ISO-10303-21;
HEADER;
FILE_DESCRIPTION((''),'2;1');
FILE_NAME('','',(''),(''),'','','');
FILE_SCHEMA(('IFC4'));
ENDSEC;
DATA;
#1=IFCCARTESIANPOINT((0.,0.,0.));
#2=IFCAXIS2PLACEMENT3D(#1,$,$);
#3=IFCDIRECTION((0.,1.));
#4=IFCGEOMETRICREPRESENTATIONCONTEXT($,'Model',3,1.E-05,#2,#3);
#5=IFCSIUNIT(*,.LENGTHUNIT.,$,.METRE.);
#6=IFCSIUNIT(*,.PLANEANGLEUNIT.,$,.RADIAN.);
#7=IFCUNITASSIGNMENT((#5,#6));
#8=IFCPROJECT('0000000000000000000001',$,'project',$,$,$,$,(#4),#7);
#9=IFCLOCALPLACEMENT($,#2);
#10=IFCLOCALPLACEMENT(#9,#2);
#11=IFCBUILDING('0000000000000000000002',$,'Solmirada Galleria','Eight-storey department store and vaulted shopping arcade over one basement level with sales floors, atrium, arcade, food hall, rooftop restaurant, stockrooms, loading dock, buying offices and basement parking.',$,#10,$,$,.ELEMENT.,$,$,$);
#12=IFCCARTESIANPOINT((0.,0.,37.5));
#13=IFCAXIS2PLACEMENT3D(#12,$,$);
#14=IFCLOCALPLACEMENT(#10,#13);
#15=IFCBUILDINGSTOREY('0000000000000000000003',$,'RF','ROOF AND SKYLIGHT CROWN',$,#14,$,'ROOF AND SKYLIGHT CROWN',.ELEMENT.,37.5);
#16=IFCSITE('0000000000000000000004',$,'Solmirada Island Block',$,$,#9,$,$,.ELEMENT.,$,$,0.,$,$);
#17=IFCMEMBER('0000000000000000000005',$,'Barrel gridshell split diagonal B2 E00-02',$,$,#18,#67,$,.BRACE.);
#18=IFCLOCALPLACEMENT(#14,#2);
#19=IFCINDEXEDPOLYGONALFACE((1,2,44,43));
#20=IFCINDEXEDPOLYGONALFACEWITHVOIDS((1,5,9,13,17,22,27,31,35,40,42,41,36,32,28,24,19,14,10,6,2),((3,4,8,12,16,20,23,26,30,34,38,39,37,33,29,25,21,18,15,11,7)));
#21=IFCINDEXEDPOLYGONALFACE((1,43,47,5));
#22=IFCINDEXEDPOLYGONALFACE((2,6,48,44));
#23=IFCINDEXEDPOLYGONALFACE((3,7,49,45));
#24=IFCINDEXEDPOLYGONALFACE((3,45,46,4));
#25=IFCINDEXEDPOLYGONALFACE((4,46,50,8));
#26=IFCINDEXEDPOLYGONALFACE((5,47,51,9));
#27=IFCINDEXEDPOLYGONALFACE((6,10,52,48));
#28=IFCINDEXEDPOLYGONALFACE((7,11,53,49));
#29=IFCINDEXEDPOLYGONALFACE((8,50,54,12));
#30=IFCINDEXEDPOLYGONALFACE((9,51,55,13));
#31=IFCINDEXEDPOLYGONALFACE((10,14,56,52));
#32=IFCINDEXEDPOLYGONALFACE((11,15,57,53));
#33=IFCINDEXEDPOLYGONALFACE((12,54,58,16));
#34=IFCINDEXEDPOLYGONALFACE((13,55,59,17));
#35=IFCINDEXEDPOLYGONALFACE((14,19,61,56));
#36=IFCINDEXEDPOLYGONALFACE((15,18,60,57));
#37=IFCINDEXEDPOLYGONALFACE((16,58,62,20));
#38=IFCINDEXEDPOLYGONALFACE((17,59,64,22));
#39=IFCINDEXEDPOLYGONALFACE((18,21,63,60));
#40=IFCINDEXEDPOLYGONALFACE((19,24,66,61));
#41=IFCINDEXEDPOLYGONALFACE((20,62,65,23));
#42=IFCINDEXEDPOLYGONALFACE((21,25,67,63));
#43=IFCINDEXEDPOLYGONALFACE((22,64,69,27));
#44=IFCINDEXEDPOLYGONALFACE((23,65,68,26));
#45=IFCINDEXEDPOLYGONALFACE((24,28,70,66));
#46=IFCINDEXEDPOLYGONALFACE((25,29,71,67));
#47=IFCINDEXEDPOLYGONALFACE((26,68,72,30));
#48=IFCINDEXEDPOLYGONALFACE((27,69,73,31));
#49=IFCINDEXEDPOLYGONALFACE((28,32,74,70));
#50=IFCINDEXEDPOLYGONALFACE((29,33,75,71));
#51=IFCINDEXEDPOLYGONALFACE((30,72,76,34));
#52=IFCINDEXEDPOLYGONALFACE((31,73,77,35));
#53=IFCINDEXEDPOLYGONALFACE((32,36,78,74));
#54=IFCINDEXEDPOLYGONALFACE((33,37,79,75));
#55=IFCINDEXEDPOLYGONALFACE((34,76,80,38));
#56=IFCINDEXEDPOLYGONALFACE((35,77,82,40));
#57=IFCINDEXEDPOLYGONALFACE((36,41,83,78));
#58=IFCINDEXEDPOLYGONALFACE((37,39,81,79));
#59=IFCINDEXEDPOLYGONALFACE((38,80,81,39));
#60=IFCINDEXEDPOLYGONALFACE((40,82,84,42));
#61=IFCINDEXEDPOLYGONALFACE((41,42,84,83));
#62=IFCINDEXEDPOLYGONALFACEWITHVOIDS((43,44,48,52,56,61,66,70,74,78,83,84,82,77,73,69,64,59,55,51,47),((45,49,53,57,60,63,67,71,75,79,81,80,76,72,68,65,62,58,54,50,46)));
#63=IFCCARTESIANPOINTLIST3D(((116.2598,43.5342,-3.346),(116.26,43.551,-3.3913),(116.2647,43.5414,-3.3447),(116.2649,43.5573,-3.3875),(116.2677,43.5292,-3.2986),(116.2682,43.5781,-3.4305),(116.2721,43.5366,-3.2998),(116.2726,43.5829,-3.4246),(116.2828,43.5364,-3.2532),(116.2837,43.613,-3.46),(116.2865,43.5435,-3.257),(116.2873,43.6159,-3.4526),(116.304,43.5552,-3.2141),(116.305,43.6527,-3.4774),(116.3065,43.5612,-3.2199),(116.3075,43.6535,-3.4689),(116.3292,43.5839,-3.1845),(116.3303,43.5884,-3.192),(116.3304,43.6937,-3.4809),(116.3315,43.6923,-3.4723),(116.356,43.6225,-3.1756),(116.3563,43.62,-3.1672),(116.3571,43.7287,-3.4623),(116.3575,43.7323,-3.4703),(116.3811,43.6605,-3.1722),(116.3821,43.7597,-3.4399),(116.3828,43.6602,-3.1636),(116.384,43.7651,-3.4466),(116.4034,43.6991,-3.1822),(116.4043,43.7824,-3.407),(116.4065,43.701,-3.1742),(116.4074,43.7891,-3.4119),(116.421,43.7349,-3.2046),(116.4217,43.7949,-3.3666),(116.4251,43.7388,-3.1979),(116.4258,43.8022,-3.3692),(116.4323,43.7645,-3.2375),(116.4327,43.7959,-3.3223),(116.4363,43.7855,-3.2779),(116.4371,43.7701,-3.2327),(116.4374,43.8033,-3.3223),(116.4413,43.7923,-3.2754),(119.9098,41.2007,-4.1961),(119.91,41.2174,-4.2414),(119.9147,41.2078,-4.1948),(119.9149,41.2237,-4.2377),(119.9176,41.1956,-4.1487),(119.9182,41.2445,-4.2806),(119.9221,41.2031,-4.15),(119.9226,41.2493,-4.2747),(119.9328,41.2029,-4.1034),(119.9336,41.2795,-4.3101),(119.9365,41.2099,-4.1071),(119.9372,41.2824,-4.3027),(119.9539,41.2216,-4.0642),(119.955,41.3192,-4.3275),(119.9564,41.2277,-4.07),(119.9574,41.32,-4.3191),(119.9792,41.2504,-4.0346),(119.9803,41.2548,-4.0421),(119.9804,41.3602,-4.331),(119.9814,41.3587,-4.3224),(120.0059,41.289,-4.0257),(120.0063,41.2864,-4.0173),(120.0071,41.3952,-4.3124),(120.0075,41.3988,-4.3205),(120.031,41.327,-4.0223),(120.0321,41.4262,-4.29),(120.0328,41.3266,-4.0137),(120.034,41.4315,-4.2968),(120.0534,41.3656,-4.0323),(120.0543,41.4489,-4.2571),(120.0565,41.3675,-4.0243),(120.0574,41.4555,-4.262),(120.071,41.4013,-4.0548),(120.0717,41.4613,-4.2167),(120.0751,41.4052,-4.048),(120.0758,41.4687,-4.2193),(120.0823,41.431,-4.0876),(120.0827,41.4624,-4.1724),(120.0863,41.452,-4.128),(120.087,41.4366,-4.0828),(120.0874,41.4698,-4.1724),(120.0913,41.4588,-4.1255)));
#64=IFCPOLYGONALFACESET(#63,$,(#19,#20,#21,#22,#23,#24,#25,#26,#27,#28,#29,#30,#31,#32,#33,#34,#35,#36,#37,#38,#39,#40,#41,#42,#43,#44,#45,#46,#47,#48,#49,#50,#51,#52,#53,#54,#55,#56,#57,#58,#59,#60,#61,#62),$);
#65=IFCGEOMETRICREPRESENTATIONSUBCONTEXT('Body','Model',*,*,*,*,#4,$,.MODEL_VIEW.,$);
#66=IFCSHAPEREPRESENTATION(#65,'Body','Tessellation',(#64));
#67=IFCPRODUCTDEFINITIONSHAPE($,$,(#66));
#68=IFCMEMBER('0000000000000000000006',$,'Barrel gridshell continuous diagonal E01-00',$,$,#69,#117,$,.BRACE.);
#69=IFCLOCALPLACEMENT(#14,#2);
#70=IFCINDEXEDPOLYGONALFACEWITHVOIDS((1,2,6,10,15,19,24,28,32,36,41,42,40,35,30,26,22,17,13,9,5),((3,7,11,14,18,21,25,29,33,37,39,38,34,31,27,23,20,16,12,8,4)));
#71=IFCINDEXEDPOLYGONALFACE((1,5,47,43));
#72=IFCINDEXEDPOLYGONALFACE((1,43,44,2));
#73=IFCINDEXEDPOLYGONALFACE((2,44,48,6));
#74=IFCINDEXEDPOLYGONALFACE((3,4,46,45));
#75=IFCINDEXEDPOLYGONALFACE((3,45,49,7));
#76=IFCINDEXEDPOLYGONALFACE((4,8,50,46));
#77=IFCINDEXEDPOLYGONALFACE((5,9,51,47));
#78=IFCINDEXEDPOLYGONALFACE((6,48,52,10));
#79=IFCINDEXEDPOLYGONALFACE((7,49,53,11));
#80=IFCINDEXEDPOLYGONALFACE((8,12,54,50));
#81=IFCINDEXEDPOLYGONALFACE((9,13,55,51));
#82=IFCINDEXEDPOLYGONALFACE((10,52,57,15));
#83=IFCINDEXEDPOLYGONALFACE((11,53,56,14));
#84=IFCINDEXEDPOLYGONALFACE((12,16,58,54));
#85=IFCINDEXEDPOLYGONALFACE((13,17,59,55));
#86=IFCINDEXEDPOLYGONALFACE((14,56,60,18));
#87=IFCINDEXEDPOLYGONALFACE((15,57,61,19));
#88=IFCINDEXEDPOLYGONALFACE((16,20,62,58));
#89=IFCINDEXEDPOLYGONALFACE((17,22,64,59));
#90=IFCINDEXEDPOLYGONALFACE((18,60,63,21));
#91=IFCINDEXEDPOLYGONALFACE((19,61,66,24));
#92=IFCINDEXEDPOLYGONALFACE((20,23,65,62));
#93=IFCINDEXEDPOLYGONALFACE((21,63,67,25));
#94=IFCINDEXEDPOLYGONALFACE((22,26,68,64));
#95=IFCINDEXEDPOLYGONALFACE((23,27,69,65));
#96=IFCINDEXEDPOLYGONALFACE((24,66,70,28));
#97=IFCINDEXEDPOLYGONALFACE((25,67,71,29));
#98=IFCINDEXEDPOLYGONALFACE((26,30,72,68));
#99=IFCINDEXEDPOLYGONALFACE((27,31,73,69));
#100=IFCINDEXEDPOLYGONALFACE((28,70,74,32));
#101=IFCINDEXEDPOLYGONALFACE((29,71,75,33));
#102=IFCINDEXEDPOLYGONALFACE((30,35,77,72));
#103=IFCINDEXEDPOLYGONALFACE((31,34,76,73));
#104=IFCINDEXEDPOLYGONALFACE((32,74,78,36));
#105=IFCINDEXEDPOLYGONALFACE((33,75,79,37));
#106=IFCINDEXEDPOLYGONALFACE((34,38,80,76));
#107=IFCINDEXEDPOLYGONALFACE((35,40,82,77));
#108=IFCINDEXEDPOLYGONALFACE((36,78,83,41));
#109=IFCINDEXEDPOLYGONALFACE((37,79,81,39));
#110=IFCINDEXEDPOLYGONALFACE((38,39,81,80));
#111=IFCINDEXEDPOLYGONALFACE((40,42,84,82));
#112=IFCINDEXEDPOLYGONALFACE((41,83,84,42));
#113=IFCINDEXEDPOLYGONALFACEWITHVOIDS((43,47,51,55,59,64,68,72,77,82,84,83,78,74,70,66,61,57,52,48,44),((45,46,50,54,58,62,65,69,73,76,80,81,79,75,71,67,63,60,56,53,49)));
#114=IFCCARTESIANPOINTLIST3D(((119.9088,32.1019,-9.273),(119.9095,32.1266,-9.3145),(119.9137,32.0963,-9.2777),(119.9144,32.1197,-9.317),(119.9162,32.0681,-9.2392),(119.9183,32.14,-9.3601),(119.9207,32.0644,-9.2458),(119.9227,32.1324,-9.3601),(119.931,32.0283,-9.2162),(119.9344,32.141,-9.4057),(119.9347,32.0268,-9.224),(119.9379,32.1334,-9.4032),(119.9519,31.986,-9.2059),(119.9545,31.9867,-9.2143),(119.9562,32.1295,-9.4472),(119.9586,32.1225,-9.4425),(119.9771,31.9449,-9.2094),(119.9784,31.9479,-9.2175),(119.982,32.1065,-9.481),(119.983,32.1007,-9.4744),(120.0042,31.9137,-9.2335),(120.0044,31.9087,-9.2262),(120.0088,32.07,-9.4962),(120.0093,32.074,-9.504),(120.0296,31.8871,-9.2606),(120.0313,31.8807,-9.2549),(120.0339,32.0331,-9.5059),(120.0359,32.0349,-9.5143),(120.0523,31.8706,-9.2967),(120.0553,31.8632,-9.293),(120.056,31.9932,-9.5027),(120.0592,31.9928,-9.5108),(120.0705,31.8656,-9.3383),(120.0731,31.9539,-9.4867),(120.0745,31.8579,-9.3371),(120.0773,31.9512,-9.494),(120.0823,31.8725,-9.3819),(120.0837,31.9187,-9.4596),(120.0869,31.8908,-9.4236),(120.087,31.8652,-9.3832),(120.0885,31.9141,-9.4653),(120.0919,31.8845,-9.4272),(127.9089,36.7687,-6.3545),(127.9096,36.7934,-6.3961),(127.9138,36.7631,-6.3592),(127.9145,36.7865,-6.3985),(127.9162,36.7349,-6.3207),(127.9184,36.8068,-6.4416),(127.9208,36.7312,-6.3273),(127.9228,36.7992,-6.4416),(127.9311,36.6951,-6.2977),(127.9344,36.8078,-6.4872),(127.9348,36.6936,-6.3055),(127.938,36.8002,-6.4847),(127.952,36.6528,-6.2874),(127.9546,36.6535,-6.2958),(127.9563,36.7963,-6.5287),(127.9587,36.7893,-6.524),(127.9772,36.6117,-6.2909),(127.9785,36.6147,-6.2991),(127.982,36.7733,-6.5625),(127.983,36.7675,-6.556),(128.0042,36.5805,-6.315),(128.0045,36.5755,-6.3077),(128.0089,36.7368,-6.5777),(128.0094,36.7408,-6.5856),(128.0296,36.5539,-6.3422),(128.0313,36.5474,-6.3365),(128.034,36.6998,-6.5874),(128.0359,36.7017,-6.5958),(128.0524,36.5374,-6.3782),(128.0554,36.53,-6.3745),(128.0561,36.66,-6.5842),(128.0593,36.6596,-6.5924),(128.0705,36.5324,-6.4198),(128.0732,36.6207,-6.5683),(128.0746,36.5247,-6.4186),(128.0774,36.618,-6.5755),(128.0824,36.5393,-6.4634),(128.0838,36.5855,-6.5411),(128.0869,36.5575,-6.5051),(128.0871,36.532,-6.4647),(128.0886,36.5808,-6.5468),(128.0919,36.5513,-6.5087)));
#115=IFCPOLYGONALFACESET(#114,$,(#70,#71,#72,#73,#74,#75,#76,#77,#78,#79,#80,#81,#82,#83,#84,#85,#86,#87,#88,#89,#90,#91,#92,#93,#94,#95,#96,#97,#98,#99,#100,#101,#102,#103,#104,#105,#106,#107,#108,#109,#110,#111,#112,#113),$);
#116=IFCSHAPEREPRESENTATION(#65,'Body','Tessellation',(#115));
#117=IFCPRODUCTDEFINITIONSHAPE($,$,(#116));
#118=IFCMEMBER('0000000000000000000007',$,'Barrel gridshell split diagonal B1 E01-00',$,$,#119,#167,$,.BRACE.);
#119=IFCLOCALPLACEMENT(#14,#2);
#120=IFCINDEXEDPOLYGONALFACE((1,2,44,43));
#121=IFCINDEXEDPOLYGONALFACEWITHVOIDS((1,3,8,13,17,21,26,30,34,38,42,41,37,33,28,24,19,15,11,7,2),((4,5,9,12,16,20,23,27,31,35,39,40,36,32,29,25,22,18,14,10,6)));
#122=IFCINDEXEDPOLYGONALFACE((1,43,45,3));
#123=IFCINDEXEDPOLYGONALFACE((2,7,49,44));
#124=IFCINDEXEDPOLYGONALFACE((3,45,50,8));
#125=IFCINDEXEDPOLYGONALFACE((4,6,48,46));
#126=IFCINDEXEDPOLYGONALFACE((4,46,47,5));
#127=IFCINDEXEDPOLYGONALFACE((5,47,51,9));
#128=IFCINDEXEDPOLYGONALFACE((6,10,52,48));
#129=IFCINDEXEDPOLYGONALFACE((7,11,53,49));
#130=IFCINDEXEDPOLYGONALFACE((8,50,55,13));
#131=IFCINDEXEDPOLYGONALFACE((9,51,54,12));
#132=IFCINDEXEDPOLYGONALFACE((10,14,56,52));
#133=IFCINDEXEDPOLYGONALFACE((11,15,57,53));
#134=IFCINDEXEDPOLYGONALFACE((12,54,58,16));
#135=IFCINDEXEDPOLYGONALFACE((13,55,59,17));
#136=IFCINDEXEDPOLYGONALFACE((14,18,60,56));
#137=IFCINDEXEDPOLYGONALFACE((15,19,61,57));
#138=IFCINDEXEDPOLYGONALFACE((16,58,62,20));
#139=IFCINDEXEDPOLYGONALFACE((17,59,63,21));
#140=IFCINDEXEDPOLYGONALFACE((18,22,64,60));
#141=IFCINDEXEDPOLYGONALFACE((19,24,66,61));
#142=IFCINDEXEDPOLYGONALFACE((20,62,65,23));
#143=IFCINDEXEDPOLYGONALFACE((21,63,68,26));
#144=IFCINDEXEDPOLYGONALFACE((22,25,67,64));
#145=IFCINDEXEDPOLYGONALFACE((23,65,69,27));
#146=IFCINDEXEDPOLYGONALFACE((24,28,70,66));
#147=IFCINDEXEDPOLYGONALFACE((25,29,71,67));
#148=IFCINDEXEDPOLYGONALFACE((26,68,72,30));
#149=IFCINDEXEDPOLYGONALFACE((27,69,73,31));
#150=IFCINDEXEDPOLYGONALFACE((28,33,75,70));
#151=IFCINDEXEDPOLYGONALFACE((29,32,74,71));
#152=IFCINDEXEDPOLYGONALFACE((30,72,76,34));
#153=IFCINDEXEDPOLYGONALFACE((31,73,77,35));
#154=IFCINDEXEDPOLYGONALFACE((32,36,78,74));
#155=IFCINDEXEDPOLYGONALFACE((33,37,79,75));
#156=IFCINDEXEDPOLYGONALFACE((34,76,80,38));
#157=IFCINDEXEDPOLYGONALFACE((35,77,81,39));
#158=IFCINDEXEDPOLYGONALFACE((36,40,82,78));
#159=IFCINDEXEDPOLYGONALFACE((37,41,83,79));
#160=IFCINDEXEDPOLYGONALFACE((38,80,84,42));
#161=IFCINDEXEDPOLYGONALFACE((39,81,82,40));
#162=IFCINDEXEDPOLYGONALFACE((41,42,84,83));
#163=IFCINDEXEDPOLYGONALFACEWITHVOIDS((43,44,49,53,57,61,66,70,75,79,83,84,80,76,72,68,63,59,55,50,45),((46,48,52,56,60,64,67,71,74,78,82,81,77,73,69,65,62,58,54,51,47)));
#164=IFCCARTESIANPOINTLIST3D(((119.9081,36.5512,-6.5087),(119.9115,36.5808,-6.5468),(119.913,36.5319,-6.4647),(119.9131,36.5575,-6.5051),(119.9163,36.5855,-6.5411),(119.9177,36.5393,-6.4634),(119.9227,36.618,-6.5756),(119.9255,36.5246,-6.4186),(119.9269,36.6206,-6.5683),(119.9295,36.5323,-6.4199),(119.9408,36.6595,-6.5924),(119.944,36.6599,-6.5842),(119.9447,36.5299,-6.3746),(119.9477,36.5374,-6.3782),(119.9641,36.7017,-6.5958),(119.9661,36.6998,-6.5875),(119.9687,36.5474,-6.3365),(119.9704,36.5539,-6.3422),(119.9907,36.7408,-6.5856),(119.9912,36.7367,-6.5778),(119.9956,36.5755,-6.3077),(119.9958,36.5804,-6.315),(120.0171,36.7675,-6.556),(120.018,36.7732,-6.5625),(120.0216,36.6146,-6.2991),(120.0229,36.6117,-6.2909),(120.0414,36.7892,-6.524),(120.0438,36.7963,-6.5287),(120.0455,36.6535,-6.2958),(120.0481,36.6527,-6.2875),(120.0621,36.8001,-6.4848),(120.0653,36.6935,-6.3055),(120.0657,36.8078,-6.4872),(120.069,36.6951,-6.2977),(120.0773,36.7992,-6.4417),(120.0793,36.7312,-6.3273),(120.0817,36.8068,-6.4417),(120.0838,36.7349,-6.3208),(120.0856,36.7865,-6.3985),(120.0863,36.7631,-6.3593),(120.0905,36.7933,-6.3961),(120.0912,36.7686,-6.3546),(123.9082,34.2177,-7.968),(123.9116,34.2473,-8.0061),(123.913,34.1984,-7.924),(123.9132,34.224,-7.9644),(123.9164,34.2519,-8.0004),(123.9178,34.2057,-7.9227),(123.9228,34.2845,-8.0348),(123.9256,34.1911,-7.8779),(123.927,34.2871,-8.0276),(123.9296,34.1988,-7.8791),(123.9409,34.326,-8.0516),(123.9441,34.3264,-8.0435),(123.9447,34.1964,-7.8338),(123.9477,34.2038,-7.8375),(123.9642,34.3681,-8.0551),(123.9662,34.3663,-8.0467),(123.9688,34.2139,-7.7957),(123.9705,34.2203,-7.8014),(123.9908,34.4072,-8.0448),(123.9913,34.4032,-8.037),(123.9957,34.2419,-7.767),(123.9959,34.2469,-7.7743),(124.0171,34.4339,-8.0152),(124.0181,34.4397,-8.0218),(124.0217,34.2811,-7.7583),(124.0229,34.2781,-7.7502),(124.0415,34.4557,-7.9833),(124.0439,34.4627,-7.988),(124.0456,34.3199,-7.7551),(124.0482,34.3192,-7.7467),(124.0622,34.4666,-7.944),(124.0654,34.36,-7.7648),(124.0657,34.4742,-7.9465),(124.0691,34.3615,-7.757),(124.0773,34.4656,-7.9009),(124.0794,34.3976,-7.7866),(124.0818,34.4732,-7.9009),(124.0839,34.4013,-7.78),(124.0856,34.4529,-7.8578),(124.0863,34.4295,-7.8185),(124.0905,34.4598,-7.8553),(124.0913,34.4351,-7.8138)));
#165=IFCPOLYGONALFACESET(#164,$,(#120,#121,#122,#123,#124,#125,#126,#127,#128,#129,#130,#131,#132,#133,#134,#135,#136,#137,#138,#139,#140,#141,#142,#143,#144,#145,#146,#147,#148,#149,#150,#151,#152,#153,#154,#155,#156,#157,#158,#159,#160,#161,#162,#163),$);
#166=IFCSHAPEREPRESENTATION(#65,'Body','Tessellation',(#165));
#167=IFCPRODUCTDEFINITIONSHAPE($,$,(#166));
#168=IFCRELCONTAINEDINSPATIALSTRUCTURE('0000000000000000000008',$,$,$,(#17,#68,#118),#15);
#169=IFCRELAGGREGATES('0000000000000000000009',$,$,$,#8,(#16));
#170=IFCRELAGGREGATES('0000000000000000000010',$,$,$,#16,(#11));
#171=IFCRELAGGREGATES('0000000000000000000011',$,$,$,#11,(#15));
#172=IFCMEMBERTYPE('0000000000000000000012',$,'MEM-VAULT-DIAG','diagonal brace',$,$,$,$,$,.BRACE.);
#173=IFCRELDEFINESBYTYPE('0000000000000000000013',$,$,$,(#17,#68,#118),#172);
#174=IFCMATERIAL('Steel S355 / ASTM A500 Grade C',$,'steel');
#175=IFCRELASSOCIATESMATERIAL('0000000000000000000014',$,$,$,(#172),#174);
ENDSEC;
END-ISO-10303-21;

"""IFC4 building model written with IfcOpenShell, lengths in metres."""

from ifc_helpers import new_model, si_unit, direction, frame, origin, origin_2d, place, context, subcontext, project, spatial, hollow_circle, extrude, material, material_profile, profile_set, type_object, element, save


model = new_model("IFC4")

# Units and contexts
model_context = context("Model", 3, precision=1e-05, world=origin(), true_north=direction((0.0, 1.0)))
body_context = subcontext(model_context, "Body", "Model", "MODEL_VIEW")
ifc_project = project(units=[si_unit("LENGTHUNIT", "METRE"), si_unit("PLANEANGLEUNIT", "RADIAN")], contexts=[model_context])

# Site, building, storey
site_placement = place(None, origin())
site = spatial("IfcSite", under=ifc_project, at=site_placement, Name="Solmirada Island Block", CompositionType="ELEMENT", RefElevation=0.0)
building_placement = place(site_placement, origin())
building = spatial("IfcBuilding", under=site, at=building_placement, Name="Solmirada Galleria", Description="Eight-storey department store and vaulted shopping arcade over one basement level with sales floors, atrium, arcade, food hall, rooftop restaurant, stockrooms, loading dock, buying offices and basement parking.", CompositionType="ELEMENT")
storey_placement = place(building_placement, frame((0.0, 0.0, 37.5)))
storey = spatial("IfcBuildingStorey", under=building, at=storey_placement, Name="RF", Description="ROOF AND SKYLIGHT CROWN", LongName="ROOF AND SKYLIGHT CROWN", CompositionType="ELEMENT", Elevation=37.5)

# Members
ifc_material_1 = material(Name="Steel S355 / ASTM A500 Grade C", Category="steel")
ifc_material_profile_1 = material_profile(ifc_material_1, hollow_circle(Radius=0.1621, WallThickness=0.0088, at=origin_2d()), Name="HSS12.750X0.375")
ifc_profile_set_1 = profile_set([ifc_material_profile_1], Name="Steel S355 / ASTM A500 Grade C")
member_type_1 = type_object("IfcMemberType", Name="MEM-VAULT-DIAG", Description="diagonal brace", PredefinedType="BRACE", material=ifc_profile_set_1)
member_1_placement = place(storey_placement, frame((116.3501, 43.6667, -3.3223), z_axis=(0.826759, -0.528573, -0.19256), x_axis=(0.538654, 0.842527, 0.0)))
element("IfcMember", 1, at=member_1_placement, inside=storey, type_object=member_type_1, Name="Barrel gridshell split diagonal B2 E00-02", PredefinedType="BRACE", context=body_context, shape_type="SweptSolid", body=[
    extrude(hollow_circle(Radius=0.1621, WallThickness=0.0088, at=origin_2d()), origin(), (0.0, 0.0, 1.0), 4.4148),
])
member_2_placement = place(storey_placement, frame((120.0, 32.0, -9.3601), z_axis=(0.823841, 0.480582, 0.300543), x_axis=(-0.503878, 0.863775, 0.0)))
element("IfcMember", 2, at=member_2_placement, inside=storey, type_object=member_type_1, Name="Barrel gridshell continuous diagonal E01-00", PredefinedType="BRACE", context=body_context, shape_type="SweptSolid", body=[
    extrude(hollow_circle(Radius=0.1621, WallThickness=0.0088, at=origin_2d()), origin(), (0.0, 0.0, 1.0), 9.7107),
])
member_3_placement = place(storey_placement, frame((120.0, 36.6667, -6.4417), z_axis=(0.823831, -0.480602, -0.30054), x_axis=(0.503897, 0.863764, 0.0)))
element("IfcMember", 3, at=member_3_placement, inside=storey, type_object=member_type_1, Name="Barrel gridshell split diagonal B1 E01-00", PredefinedType="BRACE", context=body_context, shape_type="SweptSolid", body=[
    extrude(hollow_circle(Radius=0.1621, WallThickness=0.0088, at=origin_2d()), origin(), (0.0, 0.0, 1.0), 4.8555),
])

save(model, "model.ifc")
